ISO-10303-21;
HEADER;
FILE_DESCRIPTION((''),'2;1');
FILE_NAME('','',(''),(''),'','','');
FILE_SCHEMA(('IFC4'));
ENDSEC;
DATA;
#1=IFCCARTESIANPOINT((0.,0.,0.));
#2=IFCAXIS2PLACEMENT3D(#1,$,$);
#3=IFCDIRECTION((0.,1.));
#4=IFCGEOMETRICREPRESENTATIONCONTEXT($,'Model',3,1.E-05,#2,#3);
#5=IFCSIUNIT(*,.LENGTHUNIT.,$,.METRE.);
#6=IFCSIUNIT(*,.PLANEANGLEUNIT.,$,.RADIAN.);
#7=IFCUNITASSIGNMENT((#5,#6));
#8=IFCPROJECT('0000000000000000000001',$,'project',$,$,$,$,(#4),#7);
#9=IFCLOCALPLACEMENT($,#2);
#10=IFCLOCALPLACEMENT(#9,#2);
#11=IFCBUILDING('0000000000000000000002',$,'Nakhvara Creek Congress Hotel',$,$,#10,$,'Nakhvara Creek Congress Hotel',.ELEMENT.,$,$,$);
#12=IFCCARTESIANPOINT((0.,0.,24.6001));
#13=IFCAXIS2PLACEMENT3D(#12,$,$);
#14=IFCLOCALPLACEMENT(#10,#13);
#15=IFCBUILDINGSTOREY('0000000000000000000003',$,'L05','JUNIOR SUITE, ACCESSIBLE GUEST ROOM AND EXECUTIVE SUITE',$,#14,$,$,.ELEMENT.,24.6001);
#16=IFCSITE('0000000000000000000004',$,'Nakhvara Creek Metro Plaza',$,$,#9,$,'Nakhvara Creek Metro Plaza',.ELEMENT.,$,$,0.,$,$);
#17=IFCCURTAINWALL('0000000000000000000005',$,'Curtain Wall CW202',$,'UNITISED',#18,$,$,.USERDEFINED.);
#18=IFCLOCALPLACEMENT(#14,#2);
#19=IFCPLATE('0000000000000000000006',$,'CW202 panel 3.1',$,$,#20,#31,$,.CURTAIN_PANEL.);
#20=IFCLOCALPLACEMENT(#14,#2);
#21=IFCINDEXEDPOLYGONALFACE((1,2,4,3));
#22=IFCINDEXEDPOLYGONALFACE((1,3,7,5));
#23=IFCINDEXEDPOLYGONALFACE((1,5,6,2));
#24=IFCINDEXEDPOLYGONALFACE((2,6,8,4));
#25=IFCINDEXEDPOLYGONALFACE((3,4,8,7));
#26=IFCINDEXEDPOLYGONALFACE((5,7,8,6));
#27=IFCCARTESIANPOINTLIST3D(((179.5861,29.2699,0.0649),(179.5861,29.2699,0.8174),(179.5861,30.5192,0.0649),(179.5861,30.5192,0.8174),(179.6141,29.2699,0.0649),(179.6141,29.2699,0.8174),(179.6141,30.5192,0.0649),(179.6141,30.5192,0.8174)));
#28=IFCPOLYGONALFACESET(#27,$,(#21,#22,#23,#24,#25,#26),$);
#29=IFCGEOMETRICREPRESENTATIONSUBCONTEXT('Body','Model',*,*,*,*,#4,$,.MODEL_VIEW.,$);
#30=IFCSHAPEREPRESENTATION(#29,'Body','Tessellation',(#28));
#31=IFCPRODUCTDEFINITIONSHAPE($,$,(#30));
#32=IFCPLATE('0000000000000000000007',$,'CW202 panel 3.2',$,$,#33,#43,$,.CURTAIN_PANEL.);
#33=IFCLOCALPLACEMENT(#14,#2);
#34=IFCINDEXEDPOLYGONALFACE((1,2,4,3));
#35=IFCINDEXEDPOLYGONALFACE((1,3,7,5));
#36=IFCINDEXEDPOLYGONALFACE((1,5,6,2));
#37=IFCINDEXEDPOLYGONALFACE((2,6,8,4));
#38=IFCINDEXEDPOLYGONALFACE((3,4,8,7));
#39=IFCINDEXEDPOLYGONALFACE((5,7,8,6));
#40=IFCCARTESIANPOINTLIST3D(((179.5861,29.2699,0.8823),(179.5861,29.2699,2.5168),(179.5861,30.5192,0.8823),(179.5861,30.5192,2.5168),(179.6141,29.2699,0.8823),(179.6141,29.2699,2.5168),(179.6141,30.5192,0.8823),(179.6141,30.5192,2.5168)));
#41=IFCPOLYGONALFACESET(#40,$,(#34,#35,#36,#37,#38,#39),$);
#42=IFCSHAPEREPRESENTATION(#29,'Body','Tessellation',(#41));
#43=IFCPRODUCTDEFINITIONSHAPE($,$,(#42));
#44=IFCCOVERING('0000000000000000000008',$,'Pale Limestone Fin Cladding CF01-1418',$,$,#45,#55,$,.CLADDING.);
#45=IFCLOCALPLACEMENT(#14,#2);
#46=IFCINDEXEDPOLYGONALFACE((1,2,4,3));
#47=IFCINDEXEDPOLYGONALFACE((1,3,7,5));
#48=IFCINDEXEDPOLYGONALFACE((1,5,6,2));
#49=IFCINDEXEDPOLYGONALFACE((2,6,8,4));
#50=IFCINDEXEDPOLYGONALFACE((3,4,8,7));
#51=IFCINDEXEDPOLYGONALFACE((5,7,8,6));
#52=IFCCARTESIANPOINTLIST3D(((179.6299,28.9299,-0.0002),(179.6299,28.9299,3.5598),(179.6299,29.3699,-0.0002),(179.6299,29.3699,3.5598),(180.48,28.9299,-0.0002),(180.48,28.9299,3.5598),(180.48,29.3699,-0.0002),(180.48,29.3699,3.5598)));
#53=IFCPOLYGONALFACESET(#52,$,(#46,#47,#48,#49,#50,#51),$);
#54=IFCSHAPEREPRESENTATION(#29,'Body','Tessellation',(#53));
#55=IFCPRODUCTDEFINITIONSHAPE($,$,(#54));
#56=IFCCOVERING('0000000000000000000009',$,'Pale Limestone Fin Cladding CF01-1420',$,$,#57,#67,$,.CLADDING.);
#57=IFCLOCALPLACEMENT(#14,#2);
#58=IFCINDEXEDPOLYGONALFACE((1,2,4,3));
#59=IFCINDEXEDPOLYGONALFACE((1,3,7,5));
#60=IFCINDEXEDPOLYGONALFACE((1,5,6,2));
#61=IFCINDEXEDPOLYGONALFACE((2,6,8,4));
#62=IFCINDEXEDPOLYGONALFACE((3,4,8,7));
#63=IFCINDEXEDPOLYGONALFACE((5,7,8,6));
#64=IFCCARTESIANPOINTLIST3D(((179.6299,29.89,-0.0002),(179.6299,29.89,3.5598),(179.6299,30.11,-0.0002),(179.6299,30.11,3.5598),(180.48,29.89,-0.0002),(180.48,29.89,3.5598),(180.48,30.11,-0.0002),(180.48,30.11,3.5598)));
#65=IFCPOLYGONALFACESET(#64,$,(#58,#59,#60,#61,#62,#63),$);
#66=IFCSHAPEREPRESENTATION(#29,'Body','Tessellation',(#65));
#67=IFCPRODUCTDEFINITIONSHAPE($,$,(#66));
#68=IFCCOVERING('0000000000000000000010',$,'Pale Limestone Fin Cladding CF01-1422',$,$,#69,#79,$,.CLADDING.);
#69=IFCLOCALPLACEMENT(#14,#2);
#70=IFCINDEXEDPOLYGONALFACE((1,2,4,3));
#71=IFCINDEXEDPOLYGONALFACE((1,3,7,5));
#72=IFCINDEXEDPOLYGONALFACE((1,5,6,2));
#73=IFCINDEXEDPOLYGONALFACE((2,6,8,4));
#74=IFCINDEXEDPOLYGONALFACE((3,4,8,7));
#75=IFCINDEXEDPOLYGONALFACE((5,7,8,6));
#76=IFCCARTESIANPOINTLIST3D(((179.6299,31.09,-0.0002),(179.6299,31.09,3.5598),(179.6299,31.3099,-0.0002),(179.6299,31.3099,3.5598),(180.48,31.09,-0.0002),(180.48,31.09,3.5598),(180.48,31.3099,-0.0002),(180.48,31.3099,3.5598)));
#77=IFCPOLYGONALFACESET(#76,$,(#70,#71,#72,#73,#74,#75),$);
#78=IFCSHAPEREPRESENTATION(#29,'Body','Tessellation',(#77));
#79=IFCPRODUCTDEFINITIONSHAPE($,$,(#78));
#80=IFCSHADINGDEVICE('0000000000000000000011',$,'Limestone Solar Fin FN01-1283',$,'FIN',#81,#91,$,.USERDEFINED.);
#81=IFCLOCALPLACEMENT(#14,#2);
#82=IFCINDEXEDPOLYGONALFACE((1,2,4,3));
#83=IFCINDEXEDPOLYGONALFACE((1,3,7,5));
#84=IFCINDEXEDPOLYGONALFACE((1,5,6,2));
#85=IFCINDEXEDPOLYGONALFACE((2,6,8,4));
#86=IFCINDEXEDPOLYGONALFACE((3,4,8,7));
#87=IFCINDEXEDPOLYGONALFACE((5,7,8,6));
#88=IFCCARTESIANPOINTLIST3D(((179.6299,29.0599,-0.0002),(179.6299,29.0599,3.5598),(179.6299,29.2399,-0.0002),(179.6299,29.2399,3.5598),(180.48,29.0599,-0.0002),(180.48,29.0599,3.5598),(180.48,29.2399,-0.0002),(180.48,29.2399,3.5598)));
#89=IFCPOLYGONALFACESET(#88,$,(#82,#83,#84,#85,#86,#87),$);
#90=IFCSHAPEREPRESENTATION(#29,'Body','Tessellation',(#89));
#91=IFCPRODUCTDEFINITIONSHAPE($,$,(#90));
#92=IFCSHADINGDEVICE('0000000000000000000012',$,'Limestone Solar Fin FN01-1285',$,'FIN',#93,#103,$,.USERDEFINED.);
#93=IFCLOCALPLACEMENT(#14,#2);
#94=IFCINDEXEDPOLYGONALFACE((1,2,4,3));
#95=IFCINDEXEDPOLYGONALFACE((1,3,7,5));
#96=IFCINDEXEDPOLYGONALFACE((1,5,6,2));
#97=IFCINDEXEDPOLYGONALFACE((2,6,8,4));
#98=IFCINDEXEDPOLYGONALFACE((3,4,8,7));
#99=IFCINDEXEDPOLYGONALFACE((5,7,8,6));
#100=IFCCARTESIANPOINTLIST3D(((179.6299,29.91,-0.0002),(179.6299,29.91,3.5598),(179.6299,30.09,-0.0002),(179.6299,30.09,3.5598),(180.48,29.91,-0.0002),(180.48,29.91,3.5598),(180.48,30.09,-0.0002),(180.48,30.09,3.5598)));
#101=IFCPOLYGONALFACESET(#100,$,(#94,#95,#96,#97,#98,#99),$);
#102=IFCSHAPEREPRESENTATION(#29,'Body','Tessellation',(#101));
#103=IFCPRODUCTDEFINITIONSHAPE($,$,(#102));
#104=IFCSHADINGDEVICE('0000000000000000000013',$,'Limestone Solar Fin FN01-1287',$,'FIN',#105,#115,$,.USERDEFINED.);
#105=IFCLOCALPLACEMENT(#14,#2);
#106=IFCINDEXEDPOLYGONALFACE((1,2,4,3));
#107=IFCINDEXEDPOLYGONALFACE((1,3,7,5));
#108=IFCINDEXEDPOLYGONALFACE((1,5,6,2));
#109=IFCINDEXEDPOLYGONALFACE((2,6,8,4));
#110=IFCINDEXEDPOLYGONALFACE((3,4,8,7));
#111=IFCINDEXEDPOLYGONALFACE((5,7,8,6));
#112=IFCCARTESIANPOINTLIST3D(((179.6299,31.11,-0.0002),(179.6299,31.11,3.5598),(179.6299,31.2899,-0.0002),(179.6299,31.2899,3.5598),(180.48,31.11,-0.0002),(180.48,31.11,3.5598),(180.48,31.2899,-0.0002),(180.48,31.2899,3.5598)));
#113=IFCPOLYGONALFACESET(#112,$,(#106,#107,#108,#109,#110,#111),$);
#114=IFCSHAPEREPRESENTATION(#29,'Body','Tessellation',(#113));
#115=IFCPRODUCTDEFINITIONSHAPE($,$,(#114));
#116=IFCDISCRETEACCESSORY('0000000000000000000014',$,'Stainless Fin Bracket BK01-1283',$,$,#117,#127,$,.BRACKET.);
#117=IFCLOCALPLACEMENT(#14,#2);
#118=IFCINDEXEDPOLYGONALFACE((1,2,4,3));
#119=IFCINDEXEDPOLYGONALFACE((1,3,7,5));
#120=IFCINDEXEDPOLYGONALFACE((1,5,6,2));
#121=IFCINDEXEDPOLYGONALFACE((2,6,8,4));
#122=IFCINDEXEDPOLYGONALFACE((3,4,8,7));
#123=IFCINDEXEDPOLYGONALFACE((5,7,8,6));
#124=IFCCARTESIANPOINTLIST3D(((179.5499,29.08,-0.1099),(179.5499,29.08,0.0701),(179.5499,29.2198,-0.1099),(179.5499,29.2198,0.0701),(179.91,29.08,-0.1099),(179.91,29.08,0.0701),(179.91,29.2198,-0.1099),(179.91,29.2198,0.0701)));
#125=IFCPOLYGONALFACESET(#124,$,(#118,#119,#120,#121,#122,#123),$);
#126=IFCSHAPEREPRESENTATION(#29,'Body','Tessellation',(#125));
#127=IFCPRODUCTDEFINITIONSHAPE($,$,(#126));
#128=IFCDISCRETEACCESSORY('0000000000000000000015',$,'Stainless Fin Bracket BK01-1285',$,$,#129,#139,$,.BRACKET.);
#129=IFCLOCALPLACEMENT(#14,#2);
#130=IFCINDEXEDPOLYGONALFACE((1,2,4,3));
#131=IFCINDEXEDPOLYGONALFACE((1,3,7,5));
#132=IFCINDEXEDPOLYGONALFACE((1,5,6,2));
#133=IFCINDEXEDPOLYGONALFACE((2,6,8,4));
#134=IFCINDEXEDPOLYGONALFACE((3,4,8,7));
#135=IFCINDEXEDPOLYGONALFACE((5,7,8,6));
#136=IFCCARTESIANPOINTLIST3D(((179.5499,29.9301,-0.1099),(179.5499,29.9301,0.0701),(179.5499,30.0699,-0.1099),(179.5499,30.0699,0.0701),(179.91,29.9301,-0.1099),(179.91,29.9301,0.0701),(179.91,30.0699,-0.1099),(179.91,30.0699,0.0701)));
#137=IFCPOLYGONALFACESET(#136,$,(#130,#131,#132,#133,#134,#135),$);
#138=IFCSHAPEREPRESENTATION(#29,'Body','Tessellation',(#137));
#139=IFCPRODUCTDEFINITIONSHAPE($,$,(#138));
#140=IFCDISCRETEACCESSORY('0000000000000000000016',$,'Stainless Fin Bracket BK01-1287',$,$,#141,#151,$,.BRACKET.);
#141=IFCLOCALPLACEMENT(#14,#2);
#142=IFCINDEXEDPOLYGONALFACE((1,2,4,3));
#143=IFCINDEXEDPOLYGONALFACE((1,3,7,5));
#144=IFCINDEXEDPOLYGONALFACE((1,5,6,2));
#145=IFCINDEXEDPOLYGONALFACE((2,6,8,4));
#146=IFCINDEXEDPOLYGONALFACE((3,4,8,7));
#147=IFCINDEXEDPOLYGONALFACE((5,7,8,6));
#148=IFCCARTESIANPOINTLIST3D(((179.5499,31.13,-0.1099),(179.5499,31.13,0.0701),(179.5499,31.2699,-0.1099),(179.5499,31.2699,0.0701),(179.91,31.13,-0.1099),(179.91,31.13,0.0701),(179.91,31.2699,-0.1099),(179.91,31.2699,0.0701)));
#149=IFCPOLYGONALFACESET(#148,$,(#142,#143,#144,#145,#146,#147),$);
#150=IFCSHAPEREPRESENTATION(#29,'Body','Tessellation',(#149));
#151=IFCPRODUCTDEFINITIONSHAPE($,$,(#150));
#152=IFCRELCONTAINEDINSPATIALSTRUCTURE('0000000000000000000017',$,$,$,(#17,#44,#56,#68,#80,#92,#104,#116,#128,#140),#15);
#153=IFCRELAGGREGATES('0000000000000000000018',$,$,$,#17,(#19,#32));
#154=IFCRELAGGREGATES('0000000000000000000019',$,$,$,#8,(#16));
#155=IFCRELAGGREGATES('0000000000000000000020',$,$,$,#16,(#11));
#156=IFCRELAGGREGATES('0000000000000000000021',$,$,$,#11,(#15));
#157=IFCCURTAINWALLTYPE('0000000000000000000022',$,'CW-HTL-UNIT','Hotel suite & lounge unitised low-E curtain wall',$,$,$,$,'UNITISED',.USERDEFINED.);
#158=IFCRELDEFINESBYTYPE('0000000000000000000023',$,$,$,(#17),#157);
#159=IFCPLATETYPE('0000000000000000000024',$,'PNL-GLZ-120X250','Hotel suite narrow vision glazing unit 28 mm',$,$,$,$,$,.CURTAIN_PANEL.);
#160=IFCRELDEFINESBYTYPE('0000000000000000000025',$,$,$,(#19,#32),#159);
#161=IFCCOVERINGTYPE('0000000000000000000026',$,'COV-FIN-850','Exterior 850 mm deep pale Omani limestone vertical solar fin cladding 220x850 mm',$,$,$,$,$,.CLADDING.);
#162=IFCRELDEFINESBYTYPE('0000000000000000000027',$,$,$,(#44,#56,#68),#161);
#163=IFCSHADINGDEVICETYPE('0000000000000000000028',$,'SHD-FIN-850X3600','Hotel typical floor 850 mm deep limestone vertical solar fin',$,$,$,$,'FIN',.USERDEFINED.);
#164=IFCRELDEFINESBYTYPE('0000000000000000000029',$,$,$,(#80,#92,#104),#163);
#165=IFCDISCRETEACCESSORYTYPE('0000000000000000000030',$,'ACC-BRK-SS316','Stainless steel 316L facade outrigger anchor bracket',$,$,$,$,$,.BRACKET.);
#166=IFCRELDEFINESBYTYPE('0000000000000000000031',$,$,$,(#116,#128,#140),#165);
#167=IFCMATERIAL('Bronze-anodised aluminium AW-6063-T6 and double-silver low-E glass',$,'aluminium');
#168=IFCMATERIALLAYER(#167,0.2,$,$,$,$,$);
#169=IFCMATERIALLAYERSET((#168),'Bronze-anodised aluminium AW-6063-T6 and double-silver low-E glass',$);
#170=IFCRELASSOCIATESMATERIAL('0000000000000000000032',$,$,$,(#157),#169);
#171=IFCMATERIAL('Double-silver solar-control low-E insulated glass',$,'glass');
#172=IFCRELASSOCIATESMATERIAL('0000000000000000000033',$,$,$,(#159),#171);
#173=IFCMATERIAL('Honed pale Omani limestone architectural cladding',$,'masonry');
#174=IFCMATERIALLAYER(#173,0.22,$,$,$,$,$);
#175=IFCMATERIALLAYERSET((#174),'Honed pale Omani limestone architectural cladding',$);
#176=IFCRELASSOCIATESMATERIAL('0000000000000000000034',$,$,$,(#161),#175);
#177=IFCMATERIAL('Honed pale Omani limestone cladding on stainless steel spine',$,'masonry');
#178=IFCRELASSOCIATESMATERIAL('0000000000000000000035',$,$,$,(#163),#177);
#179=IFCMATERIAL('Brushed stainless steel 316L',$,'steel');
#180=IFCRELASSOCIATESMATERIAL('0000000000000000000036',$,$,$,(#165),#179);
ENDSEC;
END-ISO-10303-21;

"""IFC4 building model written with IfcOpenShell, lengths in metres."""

from ifc_helpers import new_model, si_unit, direction, frame, origin, origin_2d, place, context, subcontext, project, spatial, rectangle, extrude, material, layer, layer_set, type_object, element, aggregate, save


model = new_model("IFC4")

# Units and contexts
model_context = context("Model", 3, precision=1e-05, world=origin(), true_north=direction((0.0, 1.0)))
body_context = subcontext(model_context, "Body", "Model", "MODEL_VIEW")
ifc_project = project(units=[si_unit("LENGTHUNIT", "METRE"), si_unit("PLANEANGLEUNIT", "RADIAN")], contexts=[model_context])

# Site, building, storey
site_placement = place(None, origin())
site = spatial("IfcSite", under=ifc_project, at=site_placement, Name="Nakhvara Creek Metro Plaza", LongName="Nakhvara Creek Metro Plaza", CompositionType="ELEMENT", RefElevation=0.0)
building_placement = place(site_placement, origin())
building = spatial("IfcBuilding", under=site, at=building_placement, Name="Nakhvara Creek Congress Hotel", LongName="Nakhvara Creek Congress Hotel", CompositionType="ELEMENT")
storey_placement = place(building_placement, frame((0.0, 0.0, 24.6001)))
storey = spatial("IfcBuildingStorey", under=building, at=storey_placement, Name="L05", Description="JUNIOR SUITE, ACCESSIBLE GUEST ROOM AND EXECUTIVE SUITE", CompositionType="ELEMENT", Elevation=24.6001)

# Curtain wall, plates
ifc_material_1 = material(Name="Bronze-anodised aluminium AW-6063-T6 and double-silver low-E glass", Category="aluminium")
ifc_layer_1 = layer(ifc_material_1, 0.2)
ifc_layer_set_1 = layer_set([ifc_layer_1], Name="Bronze-anodised aluminium AW-6063-T6 and double-silver low-E glass")
curtain_wall_type = type_object("IfcCurtainWallType", Name="CW-HTL-UNIT", Description="Hotel suite & lounge unitised low-E curtain wall", ElementType="UNITISED", PredefinedType="USERDEFINED", material=ifc_layer_set_1)
curtain_wall_placement = place(storey_placement, origin())
curtain_wall = element("IfcCurtainWall", 1, at=curtain_wall_placement, inside=storey, type_object=curtain_wall_type, Name="Curtain Wall CW202", ObjectType="UNITISED", PredefinedType="USERDEFINED")
ifc_material_2 = material(Name="Double-silver solar-control low-E insulated glass", Category="glass")
plate_type = type_object("IfcPlateType", Name="PNL-GLZ-120X250", Description="Hotel suite narrow vision glazing unit 28 mm", PredefinedType="CURTAIN_PANEL", material=ifc_material_2)
plate_1_placement = place(storey_placement, frame((179.6001, 29.8945, 0.0649), z_axis=(0.0, 0.0, 1.0), x_axis=(0.0, -1.0, 0.0)))
plate_1 = element("IfcPlate", 2, at=plate_1_placement, type_object=plate_type, Name="CW202 panel 3.1", PredefinedType="CURTAIN_PANEL", context=body_context, shape_type="SweptSolid", body=[
    extrude(rectangle(XDim=1.2493, YDim=0.0281, at=origin_2d()), origin(), (0.0, 0.0, 1.0), 0.7524),
])
plate_2_placement = place(storey_placement, frame((179.6001, 29.8945, 0.8823), z_axis=(0.0, 0.0, 1.0), x_axis=(0.0, -1.0, 0.0)))
plate_2 = element("IfcPlate", 3, at=plate_2_placement, type_object=plate_type, Name="CW202 panel 3.2", PredefinedType="CURTAIN_PANEL", context=body_context, shape_type="SweptSolid", body=[
    extrude(rectangle(XDim=1.2493, YDim=0.0281, at=origin_2d()), origin(), (0.0, 0.0, 1.0), 1.6345),
])
aggregate(curtain_wall, [plate_1, plate_2])

# Coverings
ifc_material_3 = material(Name="Honed pale Omani limestone architectural cladding", Category="masonry")
ifc_layer_2 = layer(ifc_material_3, 0.22)
ifc_layer_set_2 = layer_set([ifc_layer_2], Name="Honed pale Omani limestone architectural cladding")
covering_type = type_object("IfcCoveringType", Name="COV-FIN-850", Description="Exterior 850 mm deep pale Omani limestone vertical solar fin cladding 220x850 mm", PredefinedType="CLADDING", material=ifc_layer_set_2)
covering_placement = place(storey_placement, frame((180.0549, 29.1499, -0.0002), z_axis=(0.0, 0.0, 1.0), x_axis=(0.0, 1.0, 0.0)))
element("IfcCovering", 4, at=covering_placement, inside=storey, type_object=covering_type, Name="Pale Limestone Fin Cladding CF01-1418", PredefinedType="CLADDING", context=body_context, shape_type="SweptSolid", body=[
    extrude(rectangle(XDim=0.4399, YDim=0.8501, at=origin_2d()), origin(), (0.0, 0.0, 1.0), 3.5601),
])
for number, where, z_axis, x_axis, name in (
    (5, (180.0549, 30.0, -0.0002), (0.0, 0.0, 1.0), (0.0, 1.0, 0.0), "Pale Limestone Fin Cladding CF01-1420"),
    (6, (180.0549, 31.2, -0.0002), (0.0, 0.0, 1.0), (0.0, 1.0, 0.0), "Pale Limestone Fin Cladding CF01-1422"),
):
    element("IfcCovering", number, at=place(storey_placement, frame(where, z_axis=z_axis, x_axis=x_axis)), inside=storey, type_object=covering_type, Name=name, PredefinedType="CLADDING", context=body_context, shape_type="SweptSolid", body=[
        extrude(rectangle(XDim=0.22, YDim=0.8501, at=origin_2d()), origin(), (0.0, 0.0, 1.0), 3.5601),
    ])

# Shared definitions
ifc_material_4 = material(Name="Brushed stainless steel 316L", Category="steel")

# Shading devices
ifc_material_5 = material(Name="Honed pale Omani limestone cladding on stainless steel spine", Category="masonry")
shading_device_type = type_object("IfcShadingDeviceType", Name="SHD-FIN-850X3600", Description="Hotel typical floor 850 mm deep limestone vertical solar fin", ElementType="FIN", PredefinedType="USERDEFINED", material=ifc_material_5)
for number, where, z_axis, x_axis, name in (
    (7, (180.0549, 29.1499, -0.0002), (0.0, 0.0, 1.0), (0.0, 1.0, 0.0), "Limestone Solar Fin FN01-1283"),
    (8, (180.0549, 30.0, -0.0002), (0.0, 0.0, 1.0), (0.0, 1.0, 0.0), "Limestone Solar Fin FN01-1285"),
    (9, (180.0549, 31.2, -0.0002), (0.0, 0.0, 1.0), (0.0, 1.0, 0.0), "Limestone Solar Fin FN01-1287"),
):
    element("IfcShadingDevice", number, at=place(storey_placement, frame(where, z_axis=z_axis, x_axis=x_axis)), inside=storey, type_object=shading_device_type, Name=name, ObjectType="FIN", PredefinedType="USERDEFINED", context=body_context, shape_type="SweptSolid", body=[
        extrude(rectangle(XDim=0.1799, YDim=0.8501, at=origin_2d()), origin(), (0.0, 0.0, 1.0), 3.5601),
    ])

# Discrete accessories
discrete_accessory_type = type_object("IfcDiscreteAccessoryType", Name="ACC-BRK-SS316", Description="Stainless steel 316L facade outrigger anchor bracket", PredefinedType="BRACKET", material=ifc_material_4)
for number, where, z_axis, x_axis, name in (
    (10, (179.73, 29.1499, -0.1099), (0.0, 0.0, 1.0), (0.0, 1.0, 0.0), "Stainless Fin Bracket BK01-1283"),
    (11, (179.73, 30.0, -0.1099), (0.0, 0.0, 1.0), (0.0, 1.0, 0.0), "Stainless Fin Bracket BK01-1285"),
    (12, (179.73, 31.2, -0.1099), (0.0, 0.0, 1.0), (0.0, 1.0, 0.0), "Stainless Fin Bracket BK01-1287"),
):
    element("IfcDiscreteAccessory", number, at=place(storey_placement, frame(where, z_axis=z_axis, x_axis=x_axis)), inside=storey, type_object=discrete_accessory_type, Name=name, PredefinedType="BRACKET", context=body_context, shape_type="SweptSolid", body=[
        extrude(rectangle(XDim=0.1399, YDim=0.3601, at=origin_2d()), origin(), (0.0, 0.0, 1.0), 0.1799),
    ])

save(model, "model.ifc")
